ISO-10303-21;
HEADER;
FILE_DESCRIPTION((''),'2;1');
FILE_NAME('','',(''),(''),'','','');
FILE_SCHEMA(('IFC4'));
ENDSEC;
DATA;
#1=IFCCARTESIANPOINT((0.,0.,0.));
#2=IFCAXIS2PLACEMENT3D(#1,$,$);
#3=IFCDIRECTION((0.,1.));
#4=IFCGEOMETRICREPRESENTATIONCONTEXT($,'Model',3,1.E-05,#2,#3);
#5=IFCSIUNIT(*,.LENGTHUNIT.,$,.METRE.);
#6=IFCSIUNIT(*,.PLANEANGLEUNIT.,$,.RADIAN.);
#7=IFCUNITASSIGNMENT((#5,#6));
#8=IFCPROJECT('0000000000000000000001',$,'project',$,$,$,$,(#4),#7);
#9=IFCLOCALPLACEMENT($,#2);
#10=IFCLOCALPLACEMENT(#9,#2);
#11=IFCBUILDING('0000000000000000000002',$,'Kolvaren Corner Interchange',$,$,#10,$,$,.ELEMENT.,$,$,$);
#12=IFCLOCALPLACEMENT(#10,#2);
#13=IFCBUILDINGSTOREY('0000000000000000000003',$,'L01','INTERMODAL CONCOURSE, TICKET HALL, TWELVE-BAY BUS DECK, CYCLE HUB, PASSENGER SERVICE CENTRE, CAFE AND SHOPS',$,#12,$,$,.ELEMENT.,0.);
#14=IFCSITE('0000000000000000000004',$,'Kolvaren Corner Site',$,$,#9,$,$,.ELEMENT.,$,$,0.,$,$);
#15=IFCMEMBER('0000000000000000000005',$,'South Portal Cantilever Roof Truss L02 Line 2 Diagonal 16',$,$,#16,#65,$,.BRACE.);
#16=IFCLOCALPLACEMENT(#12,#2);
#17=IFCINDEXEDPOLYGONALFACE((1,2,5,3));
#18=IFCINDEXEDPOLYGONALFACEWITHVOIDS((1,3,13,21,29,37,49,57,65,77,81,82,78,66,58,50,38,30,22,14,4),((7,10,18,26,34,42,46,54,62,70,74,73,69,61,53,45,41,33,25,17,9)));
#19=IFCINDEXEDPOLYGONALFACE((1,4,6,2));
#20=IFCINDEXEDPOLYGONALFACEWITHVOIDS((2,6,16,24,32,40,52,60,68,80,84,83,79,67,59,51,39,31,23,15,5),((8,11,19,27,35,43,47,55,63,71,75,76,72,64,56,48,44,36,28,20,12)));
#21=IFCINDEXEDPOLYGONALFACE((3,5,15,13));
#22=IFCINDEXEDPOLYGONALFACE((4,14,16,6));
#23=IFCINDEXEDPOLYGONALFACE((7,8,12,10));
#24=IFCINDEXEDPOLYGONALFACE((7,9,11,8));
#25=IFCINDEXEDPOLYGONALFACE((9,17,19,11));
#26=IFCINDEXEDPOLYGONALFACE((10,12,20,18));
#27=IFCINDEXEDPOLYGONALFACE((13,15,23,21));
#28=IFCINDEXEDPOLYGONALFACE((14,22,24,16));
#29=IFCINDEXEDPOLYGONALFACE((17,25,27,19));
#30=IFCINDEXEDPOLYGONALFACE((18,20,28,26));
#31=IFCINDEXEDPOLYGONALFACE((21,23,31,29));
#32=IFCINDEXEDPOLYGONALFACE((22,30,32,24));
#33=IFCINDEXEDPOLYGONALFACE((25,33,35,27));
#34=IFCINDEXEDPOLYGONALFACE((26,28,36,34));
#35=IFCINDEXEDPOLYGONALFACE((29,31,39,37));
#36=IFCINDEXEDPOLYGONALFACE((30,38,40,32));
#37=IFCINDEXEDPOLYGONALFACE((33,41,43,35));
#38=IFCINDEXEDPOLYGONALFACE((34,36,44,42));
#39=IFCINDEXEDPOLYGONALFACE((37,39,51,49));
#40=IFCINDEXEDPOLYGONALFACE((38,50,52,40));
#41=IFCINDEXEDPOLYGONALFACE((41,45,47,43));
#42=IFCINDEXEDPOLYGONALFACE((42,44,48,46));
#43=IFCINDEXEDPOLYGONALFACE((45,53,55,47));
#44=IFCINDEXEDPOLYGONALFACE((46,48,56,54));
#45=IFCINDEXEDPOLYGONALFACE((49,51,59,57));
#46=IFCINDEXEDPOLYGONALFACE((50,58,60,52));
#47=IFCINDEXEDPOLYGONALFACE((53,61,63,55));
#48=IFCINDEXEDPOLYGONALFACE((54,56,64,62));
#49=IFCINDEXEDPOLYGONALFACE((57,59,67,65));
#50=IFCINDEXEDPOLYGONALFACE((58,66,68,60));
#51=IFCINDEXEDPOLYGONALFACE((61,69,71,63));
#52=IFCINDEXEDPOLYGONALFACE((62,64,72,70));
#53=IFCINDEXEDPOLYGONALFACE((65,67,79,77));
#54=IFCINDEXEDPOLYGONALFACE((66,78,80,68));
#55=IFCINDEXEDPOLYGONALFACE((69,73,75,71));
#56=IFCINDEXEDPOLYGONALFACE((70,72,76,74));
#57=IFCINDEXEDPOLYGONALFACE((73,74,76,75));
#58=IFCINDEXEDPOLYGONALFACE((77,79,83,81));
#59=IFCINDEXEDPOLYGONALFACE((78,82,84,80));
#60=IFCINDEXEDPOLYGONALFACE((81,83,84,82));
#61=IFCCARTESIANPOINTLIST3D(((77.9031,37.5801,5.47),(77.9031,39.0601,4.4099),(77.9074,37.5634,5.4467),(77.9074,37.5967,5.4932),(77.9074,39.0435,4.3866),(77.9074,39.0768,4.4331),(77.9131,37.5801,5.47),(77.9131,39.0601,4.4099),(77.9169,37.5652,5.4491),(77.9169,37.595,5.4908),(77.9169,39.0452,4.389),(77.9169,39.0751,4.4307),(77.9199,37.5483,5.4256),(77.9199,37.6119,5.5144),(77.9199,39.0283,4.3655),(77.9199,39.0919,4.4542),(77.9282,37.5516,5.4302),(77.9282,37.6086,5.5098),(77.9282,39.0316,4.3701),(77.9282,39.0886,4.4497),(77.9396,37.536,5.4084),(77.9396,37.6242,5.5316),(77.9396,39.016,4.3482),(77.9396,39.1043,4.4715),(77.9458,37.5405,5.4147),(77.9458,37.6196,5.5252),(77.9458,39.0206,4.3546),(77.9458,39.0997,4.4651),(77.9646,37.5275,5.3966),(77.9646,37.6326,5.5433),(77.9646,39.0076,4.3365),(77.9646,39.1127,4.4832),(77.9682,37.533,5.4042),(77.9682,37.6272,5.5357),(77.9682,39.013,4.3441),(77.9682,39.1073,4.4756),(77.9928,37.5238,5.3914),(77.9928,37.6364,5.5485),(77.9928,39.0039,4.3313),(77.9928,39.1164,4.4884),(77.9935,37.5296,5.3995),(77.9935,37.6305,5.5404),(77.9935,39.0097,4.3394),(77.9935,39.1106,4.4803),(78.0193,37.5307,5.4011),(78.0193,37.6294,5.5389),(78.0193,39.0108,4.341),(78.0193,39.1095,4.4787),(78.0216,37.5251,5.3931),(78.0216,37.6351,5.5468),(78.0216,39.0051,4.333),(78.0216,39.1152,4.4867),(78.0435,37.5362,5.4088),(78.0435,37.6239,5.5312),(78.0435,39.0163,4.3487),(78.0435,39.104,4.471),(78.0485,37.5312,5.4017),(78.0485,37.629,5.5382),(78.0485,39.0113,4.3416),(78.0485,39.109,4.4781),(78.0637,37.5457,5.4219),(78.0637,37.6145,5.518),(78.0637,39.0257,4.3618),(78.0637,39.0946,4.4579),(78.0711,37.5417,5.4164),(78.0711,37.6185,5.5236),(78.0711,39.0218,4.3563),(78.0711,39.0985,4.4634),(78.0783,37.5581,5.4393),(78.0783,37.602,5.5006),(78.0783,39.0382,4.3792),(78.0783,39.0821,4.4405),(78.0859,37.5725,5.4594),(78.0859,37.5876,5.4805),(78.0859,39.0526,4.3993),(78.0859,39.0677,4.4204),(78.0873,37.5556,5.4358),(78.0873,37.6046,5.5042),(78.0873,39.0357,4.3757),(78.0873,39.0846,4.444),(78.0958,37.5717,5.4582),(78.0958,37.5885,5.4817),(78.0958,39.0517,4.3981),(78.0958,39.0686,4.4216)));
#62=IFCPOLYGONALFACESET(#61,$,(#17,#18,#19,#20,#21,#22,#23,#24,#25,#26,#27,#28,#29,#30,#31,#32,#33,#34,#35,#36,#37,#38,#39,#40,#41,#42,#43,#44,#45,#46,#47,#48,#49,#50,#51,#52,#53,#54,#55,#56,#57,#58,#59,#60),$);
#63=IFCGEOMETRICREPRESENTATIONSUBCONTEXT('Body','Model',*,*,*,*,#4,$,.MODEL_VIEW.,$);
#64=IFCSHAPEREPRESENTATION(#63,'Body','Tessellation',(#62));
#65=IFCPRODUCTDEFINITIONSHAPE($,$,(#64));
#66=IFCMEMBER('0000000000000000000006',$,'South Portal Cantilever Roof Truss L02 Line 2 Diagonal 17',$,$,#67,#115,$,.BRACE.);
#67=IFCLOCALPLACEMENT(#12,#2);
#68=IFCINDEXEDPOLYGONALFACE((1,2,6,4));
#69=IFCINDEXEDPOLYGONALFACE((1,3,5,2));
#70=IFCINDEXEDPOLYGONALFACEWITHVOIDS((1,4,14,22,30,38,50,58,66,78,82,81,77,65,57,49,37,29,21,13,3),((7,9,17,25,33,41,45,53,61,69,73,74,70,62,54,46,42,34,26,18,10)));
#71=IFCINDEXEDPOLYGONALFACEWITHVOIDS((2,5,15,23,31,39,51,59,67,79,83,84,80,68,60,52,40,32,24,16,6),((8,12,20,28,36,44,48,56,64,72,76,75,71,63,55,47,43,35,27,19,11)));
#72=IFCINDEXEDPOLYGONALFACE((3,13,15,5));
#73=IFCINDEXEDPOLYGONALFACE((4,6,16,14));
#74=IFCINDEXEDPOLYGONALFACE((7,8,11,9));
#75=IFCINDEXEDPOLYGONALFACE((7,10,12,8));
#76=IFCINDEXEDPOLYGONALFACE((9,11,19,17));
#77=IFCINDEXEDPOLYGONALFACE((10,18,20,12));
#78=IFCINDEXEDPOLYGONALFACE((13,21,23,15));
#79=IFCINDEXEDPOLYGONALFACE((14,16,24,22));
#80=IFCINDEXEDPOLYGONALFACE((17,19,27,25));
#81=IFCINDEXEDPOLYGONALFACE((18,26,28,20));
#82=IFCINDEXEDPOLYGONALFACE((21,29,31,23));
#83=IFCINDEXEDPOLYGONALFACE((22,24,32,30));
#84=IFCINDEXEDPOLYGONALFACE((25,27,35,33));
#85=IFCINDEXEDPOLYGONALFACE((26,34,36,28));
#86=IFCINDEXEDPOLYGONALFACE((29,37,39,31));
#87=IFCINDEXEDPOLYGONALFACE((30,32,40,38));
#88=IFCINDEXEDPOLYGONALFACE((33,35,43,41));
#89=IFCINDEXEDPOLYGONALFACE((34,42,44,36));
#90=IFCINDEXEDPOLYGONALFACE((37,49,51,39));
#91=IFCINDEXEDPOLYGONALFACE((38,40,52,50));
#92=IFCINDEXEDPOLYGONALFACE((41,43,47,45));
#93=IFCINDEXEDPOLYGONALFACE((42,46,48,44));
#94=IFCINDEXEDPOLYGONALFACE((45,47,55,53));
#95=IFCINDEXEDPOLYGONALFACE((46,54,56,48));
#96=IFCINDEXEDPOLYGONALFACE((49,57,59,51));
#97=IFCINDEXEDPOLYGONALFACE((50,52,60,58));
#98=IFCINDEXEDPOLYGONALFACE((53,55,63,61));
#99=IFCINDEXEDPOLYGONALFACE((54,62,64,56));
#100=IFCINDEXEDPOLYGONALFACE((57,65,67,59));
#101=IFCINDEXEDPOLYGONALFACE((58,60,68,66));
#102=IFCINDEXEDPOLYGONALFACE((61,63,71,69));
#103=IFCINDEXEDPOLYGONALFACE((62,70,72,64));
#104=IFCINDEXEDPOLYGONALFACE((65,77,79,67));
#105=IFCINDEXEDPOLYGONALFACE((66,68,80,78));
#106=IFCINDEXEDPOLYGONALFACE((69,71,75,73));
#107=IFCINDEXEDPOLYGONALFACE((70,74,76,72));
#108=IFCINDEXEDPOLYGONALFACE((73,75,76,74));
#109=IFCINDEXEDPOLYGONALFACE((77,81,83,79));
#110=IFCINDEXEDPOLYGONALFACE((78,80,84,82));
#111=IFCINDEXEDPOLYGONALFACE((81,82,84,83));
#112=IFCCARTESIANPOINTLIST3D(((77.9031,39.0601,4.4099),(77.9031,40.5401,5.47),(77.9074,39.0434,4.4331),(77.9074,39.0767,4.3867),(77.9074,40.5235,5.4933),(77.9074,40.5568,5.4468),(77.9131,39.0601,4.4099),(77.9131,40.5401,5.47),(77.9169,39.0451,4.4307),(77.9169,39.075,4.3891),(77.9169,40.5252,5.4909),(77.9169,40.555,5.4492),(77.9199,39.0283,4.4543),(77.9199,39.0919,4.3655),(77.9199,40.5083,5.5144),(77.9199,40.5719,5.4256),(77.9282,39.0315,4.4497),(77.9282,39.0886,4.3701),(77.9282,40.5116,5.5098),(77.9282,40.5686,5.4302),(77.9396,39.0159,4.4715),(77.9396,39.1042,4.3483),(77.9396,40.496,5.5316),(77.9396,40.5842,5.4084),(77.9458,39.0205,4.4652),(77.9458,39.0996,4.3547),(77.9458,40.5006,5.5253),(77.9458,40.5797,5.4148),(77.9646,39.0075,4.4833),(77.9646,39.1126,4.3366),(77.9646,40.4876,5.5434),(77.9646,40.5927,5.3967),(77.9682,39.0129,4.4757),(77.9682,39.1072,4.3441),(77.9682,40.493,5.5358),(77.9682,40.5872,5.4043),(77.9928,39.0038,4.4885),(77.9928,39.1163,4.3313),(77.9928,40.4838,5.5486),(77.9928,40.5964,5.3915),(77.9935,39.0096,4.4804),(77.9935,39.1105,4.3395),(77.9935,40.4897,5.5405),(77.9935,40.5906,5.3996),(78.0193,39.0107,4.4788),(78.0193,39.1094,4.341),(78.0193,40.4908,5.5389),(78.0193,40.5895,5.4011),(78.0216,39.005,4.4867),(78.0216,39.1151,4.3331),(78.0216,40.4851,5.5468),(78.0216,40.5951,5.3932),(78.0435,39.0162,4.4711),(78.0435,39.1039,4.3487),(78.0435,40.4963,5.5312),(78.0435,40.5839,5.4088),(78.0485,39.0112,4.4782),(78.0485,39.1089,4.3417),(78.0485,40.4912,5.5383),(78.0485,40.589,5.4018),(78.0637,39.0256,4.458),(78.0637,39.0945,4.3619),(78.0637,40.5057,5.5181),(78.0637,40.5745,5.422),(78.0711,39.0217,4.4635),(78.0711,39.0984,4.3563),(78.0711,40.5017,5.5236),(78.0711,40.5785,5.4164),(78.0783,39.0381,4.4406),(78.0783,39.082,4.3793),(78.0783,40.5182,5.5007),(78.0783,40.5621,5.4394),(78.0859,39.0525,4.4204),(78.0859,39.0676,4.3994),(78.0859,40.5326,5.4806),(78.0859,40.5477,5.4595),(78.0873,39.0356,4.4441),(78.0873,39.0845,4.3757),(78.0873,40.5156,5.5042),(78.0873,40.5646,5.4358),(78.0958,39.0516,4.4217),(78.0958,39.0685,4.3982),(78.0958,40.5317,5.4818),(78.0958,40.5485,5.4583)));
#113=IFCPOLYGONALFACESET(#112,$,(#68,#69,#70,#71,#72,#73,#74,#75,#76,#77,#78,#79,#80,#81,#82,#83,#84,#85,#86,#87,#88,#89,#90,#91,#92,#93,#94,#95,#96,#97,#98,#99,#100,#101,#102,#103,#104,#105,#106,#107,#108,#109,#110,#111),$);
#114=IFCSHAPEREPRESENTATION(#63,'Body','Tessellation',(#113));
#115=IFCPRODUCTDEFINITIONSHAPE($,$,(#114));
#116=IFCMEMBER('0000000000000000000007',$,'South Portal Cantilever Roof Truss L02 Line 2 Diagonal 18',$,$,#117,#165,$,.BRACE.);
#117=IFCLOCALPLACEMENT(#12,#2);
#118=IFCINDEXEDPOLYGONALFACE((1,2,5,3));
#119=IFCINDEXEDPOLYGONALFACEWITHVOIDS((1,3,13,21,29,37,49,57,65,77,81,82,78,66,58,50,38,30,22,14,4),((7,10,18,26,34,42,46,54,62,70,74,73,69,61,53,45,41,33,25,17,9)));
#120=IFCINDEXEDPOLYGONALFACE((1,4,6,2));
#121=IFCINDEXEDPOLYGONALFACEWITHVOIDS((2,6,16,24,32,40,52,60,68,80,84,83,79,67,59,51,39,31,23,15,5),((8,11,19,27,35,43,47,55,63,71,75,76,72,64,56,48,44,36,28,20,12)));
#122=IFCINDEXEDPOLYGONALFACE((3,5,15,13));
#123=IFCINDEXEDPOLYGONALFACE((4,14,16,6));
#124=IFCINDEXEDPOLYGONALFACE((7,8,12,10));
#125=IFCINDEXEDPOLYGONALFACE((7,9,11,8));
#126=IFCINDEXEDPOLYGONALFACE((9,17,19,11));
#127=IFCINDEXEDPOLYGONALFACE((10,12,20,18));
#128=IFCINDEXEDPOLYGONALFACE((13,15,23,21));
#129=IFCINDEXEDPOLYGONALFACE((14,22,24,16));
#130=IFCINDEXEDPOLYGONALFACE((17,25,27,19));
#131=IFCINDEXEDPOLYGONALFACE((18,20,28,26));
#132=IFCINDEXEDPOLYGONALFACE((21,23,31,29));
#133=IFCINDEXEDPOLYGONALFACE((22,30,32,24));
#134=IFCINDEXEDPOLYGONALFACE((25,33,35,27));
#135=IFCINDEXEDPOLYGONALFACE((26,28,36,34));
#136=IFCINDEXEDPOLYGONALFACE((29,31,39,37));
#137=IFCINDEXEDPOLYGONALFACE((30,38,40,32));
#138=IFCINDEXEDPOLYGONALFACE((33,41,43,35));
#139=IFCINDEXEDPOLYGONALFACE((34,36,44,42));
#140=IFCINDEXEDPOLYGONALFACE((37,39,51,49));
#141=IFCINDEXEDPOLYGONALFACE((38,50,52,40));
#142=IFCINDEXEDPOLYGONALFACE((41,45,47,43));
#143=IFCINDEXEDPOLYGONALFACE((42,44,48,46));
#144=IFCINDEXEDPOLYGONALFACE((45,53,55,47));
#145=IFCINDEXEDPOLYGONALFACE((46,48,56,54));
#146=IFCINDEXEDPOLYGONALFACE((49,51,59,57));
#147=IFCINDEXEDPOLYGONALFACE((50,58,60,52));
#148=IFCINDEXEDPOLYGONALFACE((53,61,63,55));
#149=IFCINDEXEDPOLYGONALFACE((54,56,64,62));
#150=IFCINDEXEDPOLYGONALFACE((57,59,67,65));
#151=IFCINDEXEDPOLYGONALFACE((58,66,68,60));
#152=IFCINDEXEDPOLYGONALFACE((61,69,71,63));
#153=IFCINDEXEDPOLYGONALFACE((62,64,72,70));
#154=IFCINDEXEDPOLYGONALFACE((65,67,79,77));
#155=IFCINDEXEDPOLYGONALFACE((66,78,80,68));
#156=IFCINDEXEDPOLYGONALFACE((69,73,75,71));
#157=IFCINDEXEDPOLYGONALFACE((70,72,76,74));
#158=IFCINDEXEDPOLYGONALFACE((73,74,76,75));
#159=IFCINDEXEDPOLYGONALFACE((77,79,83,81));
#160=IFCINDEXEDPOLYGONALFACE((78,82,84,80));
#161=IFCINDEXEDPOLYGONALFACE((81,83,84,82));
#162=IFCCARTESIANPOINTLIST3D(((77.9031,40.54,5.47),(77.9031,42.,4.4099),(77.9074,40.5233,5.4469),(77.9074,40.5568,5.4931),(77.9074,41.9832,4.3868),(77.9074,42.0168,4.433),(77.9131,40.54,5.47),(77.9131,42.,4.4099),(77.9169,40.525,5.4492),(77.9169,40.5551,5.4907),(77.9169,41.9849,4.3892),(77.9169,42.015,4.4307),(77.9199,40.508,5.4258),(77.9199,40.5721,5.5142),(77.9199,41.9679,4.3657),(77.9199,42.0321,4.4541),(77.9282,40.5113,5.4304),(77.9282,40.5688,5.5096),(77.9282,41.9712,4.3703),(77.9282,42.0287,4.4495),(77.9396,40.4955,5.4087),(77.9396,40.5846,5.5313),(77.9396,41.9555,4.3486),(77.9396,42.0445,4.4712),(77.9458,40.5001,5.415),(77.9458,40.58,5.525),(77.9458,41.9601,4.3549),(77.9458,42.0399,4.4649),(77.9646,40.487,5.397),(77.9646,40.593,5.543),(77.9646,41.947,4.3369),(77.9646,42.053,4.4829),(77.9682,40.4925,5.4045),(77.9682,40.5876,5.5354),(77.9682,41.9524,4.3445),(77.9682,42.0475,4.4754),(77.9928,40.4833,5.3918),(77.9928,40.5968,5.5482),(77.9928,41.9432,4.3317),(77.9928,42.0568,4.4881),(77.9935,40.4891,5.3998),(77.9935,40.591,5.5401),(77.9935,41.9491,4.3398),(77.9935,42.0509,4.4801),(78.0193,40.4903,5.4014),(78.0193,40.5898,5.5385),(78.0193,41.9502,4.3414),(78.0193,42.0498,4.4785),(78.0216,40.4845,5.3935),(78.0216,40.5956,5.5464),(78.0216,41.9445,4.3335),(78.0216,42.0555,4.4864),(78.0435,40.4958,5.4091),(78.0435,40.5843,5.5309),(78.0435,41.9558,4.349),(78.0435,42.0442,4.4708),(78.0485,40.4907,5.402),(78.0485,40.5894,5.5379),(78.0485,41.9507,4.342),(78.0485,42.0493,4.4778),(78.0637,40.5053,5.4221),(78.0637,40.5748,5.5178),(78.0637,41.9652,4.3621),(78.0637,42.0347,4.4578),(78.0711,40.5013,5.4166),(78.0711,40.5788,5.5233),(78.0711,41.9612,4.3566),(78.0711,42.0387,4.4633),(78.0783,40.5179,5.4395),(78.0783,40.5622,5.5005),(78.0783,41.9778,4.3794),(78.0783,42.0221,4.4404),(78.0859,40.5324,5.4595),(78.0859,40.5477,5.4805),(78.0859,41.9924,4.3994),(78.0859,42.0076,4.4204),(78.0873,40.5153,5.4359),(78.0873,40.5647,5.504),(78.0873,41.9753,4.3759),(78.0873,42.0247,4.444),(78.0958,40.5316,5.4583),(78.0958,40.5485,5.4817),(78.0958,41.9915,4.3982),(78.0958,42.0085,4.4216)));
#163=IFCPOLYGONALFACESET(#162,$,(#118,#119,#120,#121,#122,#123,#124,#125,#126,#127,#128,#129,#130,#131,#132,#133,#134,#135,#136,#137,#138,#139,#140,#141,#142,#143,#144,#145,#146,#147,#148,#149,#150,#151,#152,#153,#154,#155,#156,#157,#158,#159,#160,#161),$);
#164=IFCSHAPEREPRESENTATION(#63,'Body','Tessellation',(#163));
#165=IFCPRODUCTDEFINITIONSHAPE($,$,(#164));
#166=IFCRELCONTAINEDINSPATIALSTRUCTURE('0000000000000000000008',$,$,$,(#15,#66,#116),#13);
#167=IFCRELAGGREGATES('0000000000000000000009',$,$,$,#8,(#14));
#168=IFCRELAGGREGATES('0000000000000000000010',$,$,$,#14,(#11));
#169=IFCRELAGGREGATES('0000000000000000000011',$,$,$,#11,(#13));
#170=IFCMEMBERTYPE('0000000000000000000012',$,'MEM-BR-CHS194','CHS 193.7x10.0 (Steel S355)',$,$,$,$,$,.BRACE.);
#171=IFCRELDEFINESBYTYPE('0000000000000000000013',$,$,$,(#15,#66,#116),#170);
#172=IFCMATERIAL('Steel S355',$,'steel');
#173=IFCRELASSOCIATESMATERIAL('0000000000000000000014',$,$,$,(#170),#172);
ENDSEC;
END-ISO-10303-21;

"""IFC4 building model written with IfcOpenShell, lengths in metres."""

from ifc_helpers import new_model, si_unit, direction, frame, origin, origin_2d, place, context, subcontext, project, spatial, hollow_circle, extrude, material, material_profile, profile_set, type_object, element, save


model = new_model("IFC4")

# Units and contexts
model_context = context("Model", 3, precision=1e-05, world=origin(), true_north=direction((0.0, 1.0)))
body_context = subcontext(model_context, "Body", "Model", "MODEL_VIEW")
ifc_project = project(units=[si_unit("LENGTHUNIT", "METRE"), si_unit("PLANEANGLEUNIT", "RADIAN")], contexts=[model_context])

# Site, building, storey
site_placement = place(None, origin())
site = spatial("IfcSite", under=ifc_project, at=site_placement, Name="Kolvaren Corner Site", CompositionType="ELEMENT", RefElevation=0.0)
building_placement = place(site_placement, origin())
building = spatial("IfcBuilding", under=site, at=building_placement, Name="Kolvaren Corner Interchange", CompositionType="ELEMENT")
storey_placement = place(building_placement, origin())
storey = spatial("IfcBuildingStorey", under=building, at=storey_placement, Name="L01", Description="INTERMODAL CONCOURSE, TICKET HALL, TWELVE-BAY BUS DECK, CYCLE HUB, PASSENGER SERVICE CENTRE, CAFE AND SHOPS", CompositionType="ELEMENT", Elevation=0.0)

# Members
ifc_material_1 = material(Name="Steel S355", Category="steel")
ifc_material_profile_1 = material_profile(ifc_material_1, hollow_circle(Radius=0.0969, WallThickness=0.01, at=origin_2d()), Name="CHS 193.7x10.0")
ifc_profile_set_1 = profile_set([ifc_material_profile_1], Name="Steel S355")
member_type_1 = type_object("IfcMemberType", Name="MEM-BR-CHS194", Description="CHS 193.7x10.0 (Steel S355)", PredefinedType="BRACE", material=ifc_profile_set_1)
for number, where, z_axis, x_axis, name in (
    (1, (78.0, 37.5801, 5.47), (0.0, 0.812972, -0.582303), (-1.0, 0.0, 0.0), "South Portal Cantilever Roof Truss L02 Line 2 Diagonal 16"),
    (2, (78.0, 39.0601, 4.4099), (0.0, 0.812972, 0.582303), (-1.0, 0.0, 0.0), "South Portal Cantilever Roof Truss L02 Line 2 Diagonal 17"),
):
    element("IfcMember", number, at=place(storey_placement, frame(where, z_axis=z_axis, x_axis=x_axis)), inside=storey, type_object=member_type_1, Name=name, PredefinedType="BRACE", context=body_context, shape_type="SweptSolid", body=[
        extrude(hollow_circle(Radius=0.0969, WallThickness=0.01, at=origin_2d()), origin(), (0.0, 0.0, 1.0), 1.8206),
    ])
member_1_placement = place(storey_placement, frame((78.0, 40.54, 5.47), z_axis=(0.0, 0.809192, -0.587544), x_axis=(-1.0, 0.0, 0.0)))
element("IfcMember", 3, at=member_1_placement, inside=storey, type_object=member_type_1, Name="South Portal Cantilever Roof Truss L02 Line 2 Diagonal 18", PredefinedType="BRACE", context=body_context, shape_type="SweptSolid", body=[
    extrude(hollow_circle(Radius=0.0969, WallThickness=0.01, at=origin_2d()), origin(), (0.0, 0.0, 1.0), 1.8042),
])

save(model, "model.ifc")
